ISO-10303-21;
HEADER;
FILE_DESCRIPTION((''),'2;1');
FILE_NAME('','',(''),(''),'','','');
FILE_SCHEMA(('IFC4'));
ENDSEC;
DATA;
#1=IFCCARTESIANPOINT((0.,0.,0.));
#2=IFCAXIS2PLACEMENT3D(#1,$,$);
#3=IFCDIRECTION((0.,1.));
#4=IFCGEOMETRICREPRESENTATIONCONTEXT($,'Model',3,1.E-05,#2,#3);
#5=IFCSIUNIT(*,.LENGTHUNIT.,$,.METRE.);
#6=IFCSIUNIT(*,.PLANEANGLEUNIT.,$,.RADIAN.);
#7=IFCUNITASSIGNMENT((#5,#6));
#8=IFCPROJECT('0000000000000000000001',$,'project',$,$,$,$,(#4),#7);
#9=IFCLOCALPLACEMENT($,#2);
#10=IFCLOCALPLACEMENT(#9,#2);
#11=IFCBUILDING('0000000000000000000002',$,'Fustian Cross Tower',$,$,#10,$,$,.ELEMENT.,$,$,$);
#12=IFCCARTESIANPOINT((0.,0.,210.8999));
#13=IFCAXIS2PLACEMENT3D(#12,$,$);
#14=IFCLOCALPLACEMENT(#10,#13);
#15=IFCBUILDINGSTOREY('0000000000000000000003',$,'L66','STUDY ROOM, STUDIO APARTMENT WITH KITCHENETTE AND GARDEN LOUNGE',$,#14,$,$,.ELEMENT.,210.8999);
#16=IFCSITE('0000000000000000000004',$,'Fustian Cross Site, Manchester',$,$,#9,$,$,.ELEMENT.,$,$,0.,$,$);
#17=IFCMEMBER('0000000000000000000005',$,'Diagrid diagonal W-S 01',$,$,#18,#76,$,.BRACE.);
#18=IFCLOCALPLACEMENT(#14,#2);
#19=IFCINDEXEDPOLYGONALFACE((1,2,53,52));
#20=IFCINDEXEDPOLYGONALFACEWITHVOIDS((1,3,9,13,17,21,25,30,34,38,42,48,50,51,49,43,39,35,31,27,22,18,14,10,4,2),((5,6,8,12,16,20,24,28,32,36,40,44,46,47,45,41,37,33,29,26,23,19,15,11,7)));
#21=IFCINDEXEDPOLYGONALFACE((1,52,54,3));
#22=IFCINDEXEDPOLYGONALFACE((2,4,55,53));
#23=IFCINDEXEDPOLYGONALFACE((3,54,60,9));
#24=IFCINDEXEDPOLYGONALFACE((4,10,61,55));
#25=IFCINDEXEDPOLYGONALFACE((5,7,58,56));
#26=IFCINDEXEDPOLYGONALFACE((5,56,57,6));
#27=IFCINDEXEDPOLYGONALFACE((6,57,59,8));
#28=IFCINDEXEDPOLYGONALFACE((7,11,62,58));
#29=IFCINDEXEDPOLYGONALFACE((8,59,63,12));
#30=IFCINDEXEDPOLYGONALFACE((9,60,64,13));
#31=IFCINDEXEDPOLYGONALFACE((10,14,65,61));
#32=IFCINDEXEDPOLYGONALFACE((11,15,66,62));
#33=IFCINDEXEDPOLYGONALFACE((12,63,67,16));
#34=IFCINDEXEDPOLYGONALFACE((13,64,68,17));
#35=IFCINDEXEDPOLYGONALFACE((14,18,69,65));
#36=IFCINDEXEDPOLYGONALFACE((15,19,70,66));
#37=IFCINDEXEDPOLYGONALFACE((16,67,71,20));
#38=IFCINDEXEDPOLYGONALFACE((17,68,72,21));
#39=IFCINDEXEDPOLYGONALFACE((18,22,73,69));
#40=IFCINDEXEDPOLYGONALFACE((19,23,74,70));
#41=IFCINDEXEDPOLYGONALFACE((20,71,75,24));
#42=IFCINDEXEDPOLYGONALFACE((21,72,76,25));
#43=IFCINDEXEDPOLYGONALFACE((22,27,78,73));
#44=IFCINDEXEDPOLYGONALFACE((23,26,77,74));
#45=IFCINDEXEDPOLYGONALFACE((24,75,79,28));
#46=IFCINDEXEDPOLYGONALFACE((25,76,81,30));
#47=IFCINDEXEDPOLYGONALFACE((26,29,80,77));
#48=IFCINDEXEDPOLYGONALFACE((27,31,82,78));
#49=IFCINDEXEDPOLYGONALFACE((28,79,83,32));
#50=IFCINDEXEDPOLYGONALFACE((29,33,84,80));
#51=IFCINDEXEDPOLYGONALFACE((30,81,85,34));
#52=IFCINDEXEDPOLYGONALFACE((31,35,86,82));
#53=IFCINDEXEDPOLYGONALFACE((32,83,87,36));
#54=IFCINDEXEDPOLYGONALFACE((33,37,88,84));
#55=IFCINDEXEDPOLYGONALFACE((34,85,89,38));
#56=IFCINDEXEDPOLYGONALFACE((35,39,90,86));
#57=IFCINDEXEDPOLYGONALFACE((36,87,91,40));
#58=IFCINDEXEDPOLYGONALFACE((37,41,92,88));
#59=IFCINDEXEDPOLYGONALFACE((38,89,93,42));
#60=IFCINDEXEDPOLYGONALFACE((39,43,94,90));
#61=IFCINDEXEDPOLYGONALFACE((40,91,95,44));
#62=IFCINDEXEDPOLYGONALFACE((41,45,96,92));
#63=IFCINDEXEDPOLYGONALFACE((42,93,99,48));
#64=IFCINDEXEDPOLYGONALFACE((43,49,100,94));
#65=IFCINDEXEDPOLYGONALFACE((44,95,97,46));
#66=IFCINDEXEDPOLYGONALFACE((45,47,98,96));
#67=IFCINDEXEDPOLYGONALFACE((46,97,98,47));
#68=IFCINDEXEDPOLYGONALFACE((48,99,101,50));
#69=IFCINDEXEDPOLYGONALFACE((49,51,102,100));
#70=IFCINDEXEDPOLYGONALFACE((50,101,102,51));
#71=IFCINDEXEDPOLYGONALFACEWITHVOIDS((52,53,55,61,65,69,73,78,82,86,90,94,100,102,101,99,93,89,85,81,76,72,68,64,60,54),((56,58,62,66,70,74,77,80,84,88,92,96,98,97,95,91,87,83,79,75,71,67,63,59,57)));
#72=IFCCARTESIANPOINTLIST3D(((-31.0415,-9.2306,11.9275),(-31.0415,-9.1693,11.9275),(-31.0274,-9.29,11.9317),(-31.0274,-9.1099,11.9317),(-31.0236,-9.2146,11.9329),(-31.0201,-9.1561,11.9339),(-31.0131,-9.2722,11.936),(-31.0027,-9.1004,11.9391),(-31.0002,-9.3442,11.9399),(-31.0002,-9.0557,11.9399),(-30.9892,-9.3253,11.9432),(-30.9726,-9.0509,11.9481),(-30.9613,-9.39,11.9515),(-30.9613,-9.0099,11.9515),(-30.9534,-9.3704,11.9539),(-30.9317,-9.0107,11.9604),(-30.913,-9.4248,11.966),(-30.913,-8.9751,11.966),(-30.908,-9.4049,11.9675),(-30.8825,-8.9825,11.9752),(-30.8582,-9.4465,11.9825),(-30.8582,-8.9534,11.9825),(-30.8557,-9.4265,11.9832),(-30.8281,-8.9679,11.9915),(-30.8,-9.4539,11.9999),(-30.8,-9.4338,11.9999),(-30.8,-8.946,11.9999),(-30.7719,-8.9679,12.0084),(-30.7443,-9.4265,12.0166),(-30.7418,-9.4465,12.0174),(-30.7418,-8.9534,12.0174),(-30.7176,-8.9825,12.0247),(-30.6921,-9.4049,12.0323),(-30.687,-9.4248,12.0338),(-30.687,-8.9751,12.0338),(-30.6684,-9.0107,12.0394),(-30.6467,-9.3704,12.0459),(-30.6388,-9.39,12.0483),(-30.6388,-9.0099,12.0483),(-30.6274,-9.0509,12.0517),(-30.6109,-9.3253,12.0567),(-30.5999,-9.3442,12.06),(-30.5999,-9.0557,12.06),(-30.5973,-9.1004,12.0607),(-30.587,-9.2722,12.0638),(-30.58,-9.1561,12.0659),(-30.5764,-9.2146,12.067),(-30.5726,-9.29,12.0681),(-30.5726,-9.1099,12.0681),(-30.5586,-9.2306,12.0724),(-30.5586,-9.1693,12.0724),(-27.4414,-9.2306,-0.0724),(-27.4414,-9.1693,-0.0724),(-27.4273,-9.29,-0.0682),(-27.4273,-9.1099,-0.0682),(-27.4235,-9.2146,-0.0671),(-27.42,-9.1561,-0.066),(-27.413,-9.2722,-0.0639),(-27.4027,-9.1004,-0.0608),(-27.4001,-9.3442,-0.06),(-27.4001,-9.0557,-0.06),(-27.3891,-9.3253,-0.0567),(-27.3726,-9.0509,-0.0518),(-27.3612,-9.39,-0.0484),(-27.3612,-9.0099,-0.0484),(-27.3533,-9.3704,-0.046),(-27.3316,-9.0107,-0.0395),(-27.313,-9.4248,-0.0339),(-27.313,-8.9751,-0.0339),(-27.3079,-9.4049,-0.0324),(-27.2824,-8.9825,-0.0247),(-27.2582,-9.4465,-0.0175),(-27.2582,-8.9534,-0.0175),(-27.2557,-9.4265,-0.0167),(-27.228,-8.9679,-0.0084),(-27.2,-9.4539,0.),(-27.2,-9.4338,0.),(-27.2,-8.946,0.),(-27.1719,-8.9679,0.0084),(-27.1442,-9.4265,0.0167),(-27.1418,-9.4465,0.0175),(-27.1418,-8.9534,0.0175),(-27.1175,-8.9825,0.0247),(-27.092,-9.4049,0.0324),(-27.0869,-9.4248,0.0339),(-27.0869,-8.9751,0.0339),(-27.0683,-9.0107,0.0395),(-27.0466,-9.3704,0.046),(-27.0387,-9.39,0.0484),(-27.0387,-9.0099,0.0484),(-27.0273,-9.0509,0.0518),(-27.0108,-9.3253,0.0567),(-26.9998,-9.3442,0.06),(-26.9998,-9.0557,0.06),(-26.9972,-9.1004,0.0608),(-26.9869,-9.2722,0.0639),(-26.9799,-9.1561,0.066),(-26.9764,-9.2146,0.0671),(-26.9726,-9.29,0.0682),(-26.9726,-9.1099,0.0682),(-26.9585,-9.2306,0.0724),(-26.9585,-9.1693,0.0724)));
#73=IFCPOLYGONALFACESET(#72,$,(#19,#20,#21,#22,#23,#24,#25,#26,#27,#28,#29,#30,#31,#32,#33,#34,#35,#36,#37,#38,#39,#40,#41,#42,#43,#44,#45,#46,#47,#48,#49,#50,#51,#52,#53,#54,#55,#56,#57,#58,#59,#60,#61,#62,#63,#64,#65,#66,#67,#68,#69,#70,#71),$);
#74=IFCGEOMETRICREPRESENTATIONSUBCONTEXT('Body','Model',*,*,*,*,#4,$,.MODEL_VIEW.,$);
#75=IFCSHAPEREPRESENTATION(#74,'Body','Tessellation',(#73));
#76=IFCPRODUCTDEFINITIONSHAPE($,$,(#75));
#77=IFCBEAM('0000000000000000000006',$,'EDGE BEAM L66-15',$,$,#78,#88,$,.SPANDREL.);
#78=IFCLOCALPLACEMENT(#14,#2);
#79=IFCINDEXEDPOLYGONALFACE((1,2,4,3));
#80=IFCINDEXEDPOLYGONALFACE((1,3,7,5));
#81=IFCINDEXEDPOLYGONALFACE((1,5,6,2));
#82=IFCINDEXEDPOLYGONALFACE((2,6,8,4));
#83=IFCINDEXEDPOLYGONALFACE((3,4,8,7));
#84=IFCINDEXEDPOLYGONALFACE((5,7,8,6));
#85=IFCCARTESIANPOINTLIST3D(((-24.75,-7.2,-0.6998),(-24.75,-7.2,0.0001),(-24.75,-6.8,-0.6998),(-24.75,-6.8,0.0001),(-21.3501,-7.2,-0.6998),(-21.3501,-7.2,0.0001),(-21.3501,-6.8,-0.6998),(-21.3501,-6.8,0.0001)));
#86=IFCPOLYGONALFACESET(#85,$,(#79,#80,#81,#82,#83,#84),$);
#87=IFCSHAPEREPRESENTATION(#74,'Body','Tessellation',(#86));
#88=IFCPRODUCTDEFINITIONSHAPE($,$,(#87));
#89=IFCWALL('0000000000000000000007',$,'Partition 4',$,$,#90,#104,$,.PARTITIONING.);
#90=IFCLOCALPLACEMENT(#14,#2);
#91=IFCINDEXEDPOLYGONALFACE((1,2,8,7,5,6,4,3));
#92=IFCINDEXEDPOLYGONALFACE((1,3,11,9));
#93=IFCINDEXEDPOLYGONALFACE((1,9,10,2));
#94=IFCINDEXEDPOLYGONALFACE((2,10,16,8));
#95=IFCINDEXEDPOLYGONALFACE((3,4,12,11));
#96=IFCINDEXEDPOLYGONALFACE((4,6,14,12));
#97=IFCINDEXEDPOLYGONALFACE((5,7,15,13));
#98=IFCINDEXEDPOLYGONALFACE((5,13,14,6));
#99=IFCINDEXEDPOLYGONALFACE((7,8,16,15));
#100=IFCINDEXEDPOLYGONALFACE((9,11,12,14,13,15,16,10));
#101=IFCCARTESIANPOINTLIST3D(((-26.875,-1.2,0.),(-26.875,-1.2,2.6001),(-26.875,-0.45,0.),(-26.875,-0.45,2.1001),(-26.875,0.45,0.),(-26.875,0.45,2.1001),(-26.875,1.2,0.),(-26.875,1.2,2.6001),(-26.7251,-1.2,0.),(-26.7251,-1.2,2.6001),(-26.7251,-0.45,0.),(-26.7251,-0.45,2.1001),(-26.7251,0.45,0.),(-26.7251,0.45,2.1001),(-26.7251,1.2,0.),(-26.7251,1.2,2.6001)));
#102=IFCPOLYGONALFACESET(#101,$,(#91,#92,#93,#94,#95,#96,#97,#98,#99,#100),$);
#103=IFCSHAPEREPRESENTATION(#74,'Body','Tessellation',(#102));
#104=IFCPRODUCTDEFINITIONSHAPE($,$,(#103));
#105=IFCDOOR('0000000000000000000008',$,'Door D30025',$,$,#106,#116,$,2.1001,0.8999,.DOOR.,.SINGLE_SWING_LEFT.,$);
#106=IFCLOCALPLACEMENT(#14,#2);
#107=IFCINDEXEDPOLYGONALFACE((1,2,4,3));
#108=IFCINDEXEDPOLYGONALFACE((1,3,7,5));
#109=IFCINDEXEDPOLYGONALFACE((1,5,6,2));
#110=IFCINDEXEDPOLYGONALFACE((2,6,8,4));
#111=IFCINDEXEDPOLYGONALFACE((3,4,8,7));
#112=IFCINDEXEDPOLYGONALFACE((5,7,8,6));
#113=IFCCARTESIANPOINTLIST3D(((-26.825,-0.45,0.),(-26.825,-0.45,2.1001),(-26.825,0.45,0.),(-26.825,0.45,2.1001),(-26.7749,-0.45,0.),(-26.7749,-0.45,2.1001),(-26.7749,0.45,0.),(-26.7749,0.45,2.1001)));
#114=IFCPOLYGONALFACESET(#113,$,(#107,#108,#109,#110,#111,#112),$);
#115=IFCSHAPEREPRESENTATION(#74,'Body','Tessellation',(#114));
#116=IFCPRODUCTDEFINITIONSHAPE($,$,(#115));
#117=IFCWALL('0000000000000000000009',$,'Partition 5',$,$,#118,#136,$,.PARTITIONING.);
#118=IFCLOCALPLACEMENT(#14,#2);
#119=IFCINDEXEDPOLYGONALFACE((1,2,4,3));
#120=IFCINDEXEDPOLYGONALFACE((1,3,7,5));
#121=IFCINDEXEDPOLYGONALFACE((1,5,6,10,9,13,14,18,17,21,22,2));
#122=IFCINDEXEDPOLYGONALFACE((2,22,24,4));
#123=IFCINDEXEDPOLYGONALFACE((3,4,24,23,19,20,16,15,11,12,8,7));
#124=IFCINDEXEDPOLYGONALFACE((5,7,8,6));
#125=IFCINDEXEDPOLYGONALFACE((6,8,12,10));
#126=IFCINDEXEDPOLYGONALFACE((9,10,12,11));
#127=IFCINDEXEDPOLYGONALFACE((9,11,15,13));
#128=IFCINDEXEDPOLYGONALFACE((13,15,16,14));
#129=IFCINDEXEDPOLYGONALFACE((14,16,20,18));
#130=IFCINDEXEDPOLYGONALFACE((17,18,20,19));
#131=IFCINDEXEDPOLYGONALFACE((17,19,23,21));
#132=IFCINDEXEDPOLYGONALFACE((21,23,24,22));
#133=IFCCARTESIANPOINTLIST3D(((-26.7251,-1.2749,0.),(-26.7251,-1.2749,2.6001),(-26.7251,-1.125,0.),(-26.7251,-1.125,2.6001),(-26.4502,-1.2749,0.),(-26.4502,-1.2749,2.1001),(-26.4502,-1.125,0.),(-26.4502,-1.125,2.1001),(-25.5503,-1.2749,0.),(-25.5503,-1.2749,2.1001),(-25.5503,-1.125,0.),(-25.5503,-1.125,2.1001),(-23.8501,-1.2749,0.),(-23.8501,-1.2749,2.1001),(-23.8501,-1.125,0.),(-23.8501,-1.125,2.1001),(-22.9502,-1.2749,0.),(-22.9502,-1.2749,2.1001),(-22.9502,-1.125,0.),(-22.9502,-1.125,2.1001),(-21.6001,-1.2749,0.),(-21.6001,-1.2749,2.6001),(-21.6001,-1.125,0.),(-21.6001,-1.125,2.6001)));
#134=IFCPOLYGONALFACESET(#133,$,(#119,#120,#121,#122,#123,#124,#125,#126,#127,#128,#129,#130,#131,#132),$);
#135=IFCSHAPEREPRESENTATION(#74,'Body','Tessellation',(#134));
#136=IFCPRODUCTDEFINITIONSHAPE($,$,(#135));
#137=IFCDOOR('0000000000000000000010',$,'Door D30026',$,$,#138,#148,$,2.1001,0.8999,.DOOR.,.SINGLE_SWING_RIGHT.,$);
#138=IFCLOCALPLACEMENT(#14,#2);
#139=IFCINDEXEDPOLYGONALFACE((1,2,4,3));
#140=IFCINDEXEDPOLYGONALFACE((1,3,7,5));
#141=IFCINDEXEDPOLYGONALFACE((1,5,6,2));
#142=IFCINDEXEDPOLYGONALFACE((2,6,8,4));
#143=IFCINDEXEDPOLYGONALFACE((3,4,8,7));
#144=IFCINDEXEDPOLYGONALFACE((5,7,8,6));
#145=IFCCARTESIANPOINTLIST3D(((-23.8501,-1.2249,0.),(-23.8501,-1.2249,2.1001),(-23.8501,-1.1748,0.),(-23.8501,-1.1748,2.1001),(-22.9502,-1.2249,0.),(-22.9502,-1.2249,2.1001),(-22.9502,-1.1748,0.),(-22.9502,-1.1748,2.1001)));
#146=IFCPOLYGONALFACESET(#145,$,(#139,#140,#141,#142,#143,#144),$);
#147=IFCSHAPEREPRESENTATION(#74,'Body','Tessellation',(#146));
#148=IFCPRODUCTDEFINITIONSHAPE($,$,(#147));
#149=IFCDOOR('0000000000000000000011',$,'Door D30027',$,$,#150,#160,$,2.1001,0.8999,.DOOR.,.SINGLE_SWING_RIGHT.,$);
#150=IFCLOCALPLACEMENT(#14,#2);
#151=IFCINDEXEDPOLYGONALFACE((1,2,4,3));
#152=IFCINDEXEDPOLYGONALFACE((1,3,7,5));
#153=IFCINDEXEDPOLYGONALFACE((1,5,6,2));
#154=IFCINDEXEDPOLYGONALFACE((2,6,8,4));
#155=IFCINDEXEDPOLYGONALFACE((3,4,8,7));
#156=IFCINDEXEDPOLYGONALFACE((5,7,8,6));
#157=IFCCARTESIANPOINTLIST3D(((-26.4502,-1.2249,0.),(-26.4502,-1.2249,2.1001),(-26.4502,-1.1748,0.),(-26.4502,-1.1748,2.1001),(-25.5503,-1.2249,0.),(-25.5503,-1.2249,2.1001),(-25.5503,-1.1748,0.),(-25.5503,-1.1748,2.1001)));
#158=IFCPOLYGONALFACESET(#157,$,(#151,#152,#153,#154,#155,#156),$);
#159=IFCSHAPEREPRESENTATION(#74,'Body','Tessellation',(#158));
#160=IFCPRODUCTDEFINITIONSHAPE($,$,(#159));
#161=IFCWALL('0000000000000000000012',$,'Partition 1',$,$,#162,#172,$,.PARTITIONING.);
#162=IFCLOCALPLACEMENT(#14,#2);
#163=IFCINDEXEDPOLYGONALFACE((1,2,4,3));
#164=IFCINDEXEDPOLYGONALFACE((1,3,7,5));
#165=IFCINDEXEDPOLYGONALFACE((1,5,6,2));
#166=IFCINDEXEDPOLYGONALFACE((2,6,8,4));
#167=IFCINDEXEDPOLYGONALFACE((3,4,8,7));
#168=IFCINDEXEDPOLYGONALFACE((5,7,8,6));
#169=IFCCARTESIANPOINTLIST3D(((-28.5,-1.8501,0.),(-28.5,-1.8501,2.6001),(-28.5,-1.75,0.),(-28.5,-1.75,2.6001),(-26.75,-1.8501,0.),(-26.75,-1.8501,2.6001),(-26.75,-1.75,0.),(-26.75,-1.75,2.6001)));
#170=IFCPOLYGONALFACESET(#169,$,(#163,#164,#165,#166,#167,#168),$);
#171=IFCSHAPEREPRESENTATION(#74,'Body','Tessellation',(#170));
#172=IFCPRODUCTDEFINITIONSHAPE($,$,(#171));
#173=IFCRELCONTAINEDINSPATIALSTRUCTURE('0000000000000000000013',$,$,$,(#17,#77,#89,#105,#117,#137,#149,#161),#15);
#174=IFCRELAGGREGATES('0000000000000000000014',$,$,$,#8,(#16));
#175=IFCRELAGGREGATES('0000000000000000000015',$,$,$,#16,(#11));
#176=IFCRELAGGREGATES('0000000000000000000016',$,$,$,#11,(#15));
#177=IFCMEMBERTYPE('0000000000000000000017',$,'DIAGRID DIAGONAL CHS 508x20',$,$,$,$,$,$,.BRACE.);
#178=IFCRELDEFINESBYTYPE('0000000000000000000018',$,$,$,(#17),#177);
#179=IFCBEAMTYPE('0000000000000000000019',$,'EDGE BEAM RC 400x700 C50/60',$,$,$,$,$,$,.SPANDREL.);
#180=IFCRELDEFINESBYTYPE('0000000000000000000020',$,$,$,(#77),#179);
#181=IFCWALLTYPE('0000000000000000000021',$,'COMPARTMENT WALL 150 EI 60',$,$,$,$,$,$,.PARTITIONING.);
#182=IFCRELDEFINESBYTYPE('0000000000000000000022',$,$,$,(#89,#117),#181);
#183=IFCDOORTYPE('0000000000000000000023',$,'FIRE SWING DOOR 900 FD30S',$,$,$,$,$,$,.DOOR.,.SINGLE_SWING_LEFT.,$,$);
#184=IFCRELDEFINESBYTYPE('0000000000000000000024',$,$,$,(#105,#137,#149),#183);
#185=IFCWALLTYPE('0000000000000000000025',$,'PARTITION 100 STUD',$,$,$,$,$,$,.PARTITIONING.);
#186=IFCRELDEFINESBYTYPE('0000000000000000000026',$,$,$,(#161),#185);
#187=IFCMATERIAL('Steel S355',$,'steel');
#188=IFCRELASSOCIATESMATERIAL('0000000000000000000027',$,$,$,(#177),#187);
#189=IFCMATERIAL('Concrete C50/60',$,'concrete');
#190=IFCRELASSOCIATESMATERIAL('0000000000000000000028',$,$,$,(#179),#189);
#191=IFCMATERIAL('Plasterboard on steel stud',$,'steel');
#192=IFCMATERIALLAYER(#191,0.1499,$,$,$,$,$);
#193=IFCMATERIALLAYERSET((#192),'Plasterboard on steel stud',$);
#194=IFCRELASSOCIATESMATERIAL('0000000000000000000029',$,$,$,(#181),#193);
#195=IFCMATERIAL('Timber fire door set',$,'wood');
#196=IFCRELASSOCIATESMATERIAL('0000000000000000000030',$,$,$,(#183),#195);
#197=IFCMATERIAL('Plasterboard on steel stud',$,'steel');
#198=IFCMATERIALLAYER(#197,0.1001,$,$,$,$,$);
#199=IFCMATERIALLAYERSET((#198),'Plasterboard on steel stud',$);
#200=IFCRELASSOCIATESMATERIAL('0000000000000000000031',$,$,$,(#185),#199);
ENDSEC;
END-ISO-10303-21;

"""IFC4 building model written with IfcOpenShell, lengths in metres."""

from ifc_helpers import new_model, si_unit, direction, frame, frame_2d, origin, origin_2d, place, context, subcontext, project, spatial, rectangle, hollow_circle, extrude, material, layer, layer_set, material_profile, profile_set, type_object, element, fill, save


model = new_model("IFC4")

# Units and contexts
model_context = context("Model", 3, precision=1e-05, world=origin(), true_north=direction((0.0, 1.0)))
body_context = subcontext(model_context, "Body", "Model", "MODEL_VIEW")
ifc_project = project(units=[si_unit("LENGTHUNIT", "METRE"), si_unit("PLANEANGLEUNIT", "RADIAN")], contexts=[model_context])

# Site, building, storey
site_placement = place(None, origin())
site = spatial("IfcSite", under=ifc_project, at=site_placement, Name="Fustian Cross Site, Manchester", CompositionType="ELEMENT", RefElevation=0.0)
building_placement = place(site_placement, origin())
building = spatial("IfcBuilding", under=site, at=building_placement, Name="Fustian Cross Tower", CompositionType="ELEMENT")
storey_placement = place(building_placement, frame((0.0, 0.0, 210.8999)))
storey = spatial("IfcBuildingStorey", under=building, at=storey_placement, Name="L66", Description="STUDY ROOM, STUDIO APARTMENT WITH KITCHENETTE AND GARDEN LOUNGE", CompositionType="ELEMENT", Elevation=210.8999)

# Member
ifc_material_1 = material(Name="Steel S355", Category="steel")
ifc_material_profile_1 = material_profile(ifc_material_1, hollow_circle(Radius=0.2539, WallThickness=0.02, at=origin_2d()), Name="CHS 508x20")
ifc_profile_set_1 = profile_set([ifc_material_profile_1], Name="Steel S355")
member_type_1 = type_object("IfcMemberType", Name="DIAGRID DIAGONAL CHS 508x20", PredefinedType="BRACE", material=ifc_profile_set_1)
member_1_placement = place(storey_placement, frame((-27.2, -9.2, 0.0), z_axis=(-0.287355, 0.0, 0.957824), x_axis=(0.0, -1.0, 0.0)))
element("IfcMember", 1, at=member_1_placement, inside=storey, type_object=member_type_1, Name="Diagrid diagonal W-S 01", PredefinedType="BRACE", context=body_context, shape_type="SweptSolid", body=[
    extrude(hollow_circle(Radius=0.2539, WallThickness=0.02, at=origin_2d()), origin(), (0.0, 0.0, 1.0), 12.5283),
])

# Beam
ifc_material_2 = material(Name="Concrete C50/60", Category="concrete")
ifc_material_profile_2 = material_profile(ifc_material_2, rectangle(XDim=0.3999, YDim=0.7, at=origin_2d()), Name="RC 400x700")
ifc_profile_set_2 = profile_set([ifc_material_profile_2], Name="Concrete C50/60")
beam_type = type_object("IfcBeamType", Name="EDGE BEAM RC 400x700 C50/60", PredefinedType="SPANDREL", material=ifc_profile_set_2)
beam_placement = place(storey_placement, frame((-24.75, -7.0, -0.3499), z_axis=(1.0, 0.0, 0.0), x_axis=(0.0, 1.0, 0.0)))
element("IfcBeam", 2, at=beam_placement, inside=storey, type_object=beam_type, Name="EDGE BEAM L66-15", PredefinedType="SPANDREL", context=body_context, shape_type="SweptSolid", body=[
    extrude(rectangle(XDim=0.3999, YDim=0.7, at=origin_2d()), origin(), (0.0, 0.0, 1.0), 3.3999),
])

# Wall, opening, door
ifc_material_3 = material(Name="Plasterboard on steel stud", Category="steel")
ifc_layer_1 = layer(ifc_material_3, 0.1499)
ifc_layer_set_1 = layer_set([ifc_layer_1], Name="Plasterboard on steel stud")
wall_type_1 = type_object("IfcWallType", Name="COMPARTMENT WALL 150 EI 60", PredefinedType="PARTITIONING", material=ifc_layer_set_1)
wall_1_placement = place(storey_placement, frame((-26.8, -1.2, 0.0), z_axis=(0.0, 0.0, 1.0), x_axis=(0.0, 1.0, 0.0)))
wall_1 = element("IfcWall", 3, at=wall_1_placement, inside=storey, type_object=wall_type_1, Name="Partition 4", PredefinedType="PARTITIONING", context=body_context, shape_type="SweptSolid", body=[
    extrude(rectangle(XDim=2.3999, YDim=0.1499, at=frame_2d((1.2, 0.0))), origin(), (0.0, 0.0, 1.0), 2.6001),
])
opening_1_placement = place(wall_1_placement, frame((0.75, 0.0, 0.0)))
opening_1 = element("IfcOpeningElement", 4, at=opening_1_placement, cuts=wall_1, PredefinedType="OPENING", context=body_context, shape_type="SweptSolid", body=[
    extrude(rectangle(XDim=0.8999, YDim=2.1001, at=frame_2d((0.45, 1.05))), frame((0.0, 0.085, 0.0), z_axis=(0.0, -1.0, 0.0), x_axis=(1.0, 0.0, 0.0)), (0.0, 0.0, 1.0), 0.1699),
])
ifc_material_4 = material(Name="Timber fire door set", Category="wood")
door_type = type_object("IfcDoorType", Name="FIRE SWING DOOR 900 FD30S", OperationType="SINGLE_SWING_LEFT", PredefinedType="DOOR", material=ifc_material_4)
door_1_placement = place(opening_1_placement, origin())
door_1 = element("IfcDoor", 5, at=door_1_placement, inside=storey, type_object=door_type, Name="Door D30025", OperationType="SINGLE_SWING_LEFT", OverallHeight=2.1001, OverallWidth=0.8999, PredefinedType="DOOR", context=body_context, shape_type="SweptSolid", body=[
    extrude(rectangle(XDim=0.8999, YDim=2.1001, at=frame_2d((0.45, 1.05))), frame((0.0, 0.0249, 0.0), z_axis=(0.0, -1.0, 0.0), x_axis=(1.0, 0.0, 0.0)), (0.0, 0.0, 1.0), 0.05),
])
fill(opening_1, door_1)

# Wall, openings, doors
wall_2_placement = place(storey_placement, frame((-26.7251, -1.2, 0.0), z_axis=(0.0, 0.0, 1.0), x_axis=(1.0, 0.0, 0.0)))
wall_2 = element("IfcWall", 6, at=wall_2_placement, inside=storey, type_object=wall_type_1, Name="Partition 5", PredefinedType="PARTITIONING", context=body_context, shape_type="SweptSolid", body=[
    extrude(rectangle(XDim=5.125, YDim=0.1499, at=frame_2d((2.5625, 0.0))), origin(), (0.0, 0.0, 1.0), 2.6001),
])
opening_2_placement = place(wall_2_placement, frame((2.875, 0.0, 0.0)))
opening_2 = element("IfcOpeningElement", 7, at=opening_2_placement, cuts=wall_2, PredefinedType="OPENING", context=body_context, shape_type="SweptSolid", body=[
    extrude(rectangle(XDim=0.8999, YDim=2.1001, at=frame_2d((0.45, 1.05))), frame((0.0, 0.085, 0.0), z_axis=(0.0, -1.0, 0.0), x_axis=(1.0, 0.0, 0.0)), (0.0, 0.0, 1.0), 0.1699),
])
opening_3_placement = place(wall_2_placement, frame((0.2749, 0.0, 0.0)))
opening_3 = element("IfcOpeningElement", 8, at=opening_3_placement, cuts=wall_2, PredefinedType="OPENING", context=body_context, shape_type="SweptSolid", body=[
    extrude(rectangle(XDim=0.8999, YDim=2.1001, at=frame_2d((0.45, 1.05))), frame((0.0, 0.085, 0.0), z_axis=(0.0, -1.0, 0.0), x_axis=(1.0, 0.0, 0.0)), (0.0, 0.0, 1.0), 0.1699),
])
door_2_placement = place(opening_2_placement, frame((0.8999, 0.0, 0.0), z_axis=(0.0, 0.0, 1.0), x_axis=(-1.0, 0.0, 0.0)))
door_2 = element("IfcDoor", 9, at=door_2_placement, inside=storey, type_object=door_type, Name="Door D30026", OperationType="SINGLE_SWING_RIGHT", OverallHeight=2.1001, OverallWidth=0.8999, PredefinedType="DOOR", context=body_context, shape_type="SweptSolid", body=[
    extrude(rectangle(XDim=0.8999, YDim=2.1001, at=frame_2d((0.45, 1.05))), frame((0.0, 0.0249, 0.0), z_axis=(0.0, -1.0, 0.0), x_axis=(1.0, 0.0, 0.0)), (0.0, 0.0, 1.0), 0.05),
])
fill(opening_2, door_2)
door_3_placement = place(opening_3_placement, frame((0.8999, 0.0, 0.0), z_axis=(0.0, 0.0, 1.0), x_axis=(-1.0, 0.0, 0.0)))
door_3 = element("IfcDoor", 10, at=door_3_placement, inside=storey, type_object=door_type, Name="Door D30027", OperationType="SINGLE_SWING_RIGHT", OverallHeight=2.1001, OverallWidth=0.8999, PredefinedType="DOOR", context=body_context, shape_type="SweptSolid", body=[
    extrude(rectangle(XDim=0.8999, YDim=2.1001, at=frame_2d((0.45, 1.05))), frame((0.0, 0.0249, 0.0), z_axis=(0.0, -1.0, 0.0), x_axis=(1.0, 0.0, 0.0)), (0.0, 0.0, 1.0), 0.05),
])
fill(opening_3, door_3)

# Wall
ifc_material_5 = material(Name="Plasterboard on steel stud", Category="steel")
ifc_layer_2 = layer(ifc_material_5, 0.1001)
ifc_layer_set_2 = layer_set([ifc_layer_2], Name="Plasterboard on steel stud")
wall_type_2 = type_object("IfcWallType", Name="PARTITION 100 STUD", PredefinedType="PARTITIONING", material=ifc_layer_set_2)
wall_3_placement = place(storey_placement, frame((-28.5, -1.8, 0.0), z_axis=(0.0, 0.0, 1.0), x_axis=(1.0, 0.0, 0.0)))
element("IfcWall", 11, at=wall_3_placement, inside=storey, type_object=wall_type_2, Name="Partition 1", PredefinedType="PARTITIONING", context=body_context, shape_type="SweptSolid", body=[
    extrude(rectangle(XDim=1.75, YDim=0.1001, at=frame_2d((0.875, 0.0))), origin(), (0.0, 0.0, 1.0), 2.6001),
])

save(model, "model.ifc")
